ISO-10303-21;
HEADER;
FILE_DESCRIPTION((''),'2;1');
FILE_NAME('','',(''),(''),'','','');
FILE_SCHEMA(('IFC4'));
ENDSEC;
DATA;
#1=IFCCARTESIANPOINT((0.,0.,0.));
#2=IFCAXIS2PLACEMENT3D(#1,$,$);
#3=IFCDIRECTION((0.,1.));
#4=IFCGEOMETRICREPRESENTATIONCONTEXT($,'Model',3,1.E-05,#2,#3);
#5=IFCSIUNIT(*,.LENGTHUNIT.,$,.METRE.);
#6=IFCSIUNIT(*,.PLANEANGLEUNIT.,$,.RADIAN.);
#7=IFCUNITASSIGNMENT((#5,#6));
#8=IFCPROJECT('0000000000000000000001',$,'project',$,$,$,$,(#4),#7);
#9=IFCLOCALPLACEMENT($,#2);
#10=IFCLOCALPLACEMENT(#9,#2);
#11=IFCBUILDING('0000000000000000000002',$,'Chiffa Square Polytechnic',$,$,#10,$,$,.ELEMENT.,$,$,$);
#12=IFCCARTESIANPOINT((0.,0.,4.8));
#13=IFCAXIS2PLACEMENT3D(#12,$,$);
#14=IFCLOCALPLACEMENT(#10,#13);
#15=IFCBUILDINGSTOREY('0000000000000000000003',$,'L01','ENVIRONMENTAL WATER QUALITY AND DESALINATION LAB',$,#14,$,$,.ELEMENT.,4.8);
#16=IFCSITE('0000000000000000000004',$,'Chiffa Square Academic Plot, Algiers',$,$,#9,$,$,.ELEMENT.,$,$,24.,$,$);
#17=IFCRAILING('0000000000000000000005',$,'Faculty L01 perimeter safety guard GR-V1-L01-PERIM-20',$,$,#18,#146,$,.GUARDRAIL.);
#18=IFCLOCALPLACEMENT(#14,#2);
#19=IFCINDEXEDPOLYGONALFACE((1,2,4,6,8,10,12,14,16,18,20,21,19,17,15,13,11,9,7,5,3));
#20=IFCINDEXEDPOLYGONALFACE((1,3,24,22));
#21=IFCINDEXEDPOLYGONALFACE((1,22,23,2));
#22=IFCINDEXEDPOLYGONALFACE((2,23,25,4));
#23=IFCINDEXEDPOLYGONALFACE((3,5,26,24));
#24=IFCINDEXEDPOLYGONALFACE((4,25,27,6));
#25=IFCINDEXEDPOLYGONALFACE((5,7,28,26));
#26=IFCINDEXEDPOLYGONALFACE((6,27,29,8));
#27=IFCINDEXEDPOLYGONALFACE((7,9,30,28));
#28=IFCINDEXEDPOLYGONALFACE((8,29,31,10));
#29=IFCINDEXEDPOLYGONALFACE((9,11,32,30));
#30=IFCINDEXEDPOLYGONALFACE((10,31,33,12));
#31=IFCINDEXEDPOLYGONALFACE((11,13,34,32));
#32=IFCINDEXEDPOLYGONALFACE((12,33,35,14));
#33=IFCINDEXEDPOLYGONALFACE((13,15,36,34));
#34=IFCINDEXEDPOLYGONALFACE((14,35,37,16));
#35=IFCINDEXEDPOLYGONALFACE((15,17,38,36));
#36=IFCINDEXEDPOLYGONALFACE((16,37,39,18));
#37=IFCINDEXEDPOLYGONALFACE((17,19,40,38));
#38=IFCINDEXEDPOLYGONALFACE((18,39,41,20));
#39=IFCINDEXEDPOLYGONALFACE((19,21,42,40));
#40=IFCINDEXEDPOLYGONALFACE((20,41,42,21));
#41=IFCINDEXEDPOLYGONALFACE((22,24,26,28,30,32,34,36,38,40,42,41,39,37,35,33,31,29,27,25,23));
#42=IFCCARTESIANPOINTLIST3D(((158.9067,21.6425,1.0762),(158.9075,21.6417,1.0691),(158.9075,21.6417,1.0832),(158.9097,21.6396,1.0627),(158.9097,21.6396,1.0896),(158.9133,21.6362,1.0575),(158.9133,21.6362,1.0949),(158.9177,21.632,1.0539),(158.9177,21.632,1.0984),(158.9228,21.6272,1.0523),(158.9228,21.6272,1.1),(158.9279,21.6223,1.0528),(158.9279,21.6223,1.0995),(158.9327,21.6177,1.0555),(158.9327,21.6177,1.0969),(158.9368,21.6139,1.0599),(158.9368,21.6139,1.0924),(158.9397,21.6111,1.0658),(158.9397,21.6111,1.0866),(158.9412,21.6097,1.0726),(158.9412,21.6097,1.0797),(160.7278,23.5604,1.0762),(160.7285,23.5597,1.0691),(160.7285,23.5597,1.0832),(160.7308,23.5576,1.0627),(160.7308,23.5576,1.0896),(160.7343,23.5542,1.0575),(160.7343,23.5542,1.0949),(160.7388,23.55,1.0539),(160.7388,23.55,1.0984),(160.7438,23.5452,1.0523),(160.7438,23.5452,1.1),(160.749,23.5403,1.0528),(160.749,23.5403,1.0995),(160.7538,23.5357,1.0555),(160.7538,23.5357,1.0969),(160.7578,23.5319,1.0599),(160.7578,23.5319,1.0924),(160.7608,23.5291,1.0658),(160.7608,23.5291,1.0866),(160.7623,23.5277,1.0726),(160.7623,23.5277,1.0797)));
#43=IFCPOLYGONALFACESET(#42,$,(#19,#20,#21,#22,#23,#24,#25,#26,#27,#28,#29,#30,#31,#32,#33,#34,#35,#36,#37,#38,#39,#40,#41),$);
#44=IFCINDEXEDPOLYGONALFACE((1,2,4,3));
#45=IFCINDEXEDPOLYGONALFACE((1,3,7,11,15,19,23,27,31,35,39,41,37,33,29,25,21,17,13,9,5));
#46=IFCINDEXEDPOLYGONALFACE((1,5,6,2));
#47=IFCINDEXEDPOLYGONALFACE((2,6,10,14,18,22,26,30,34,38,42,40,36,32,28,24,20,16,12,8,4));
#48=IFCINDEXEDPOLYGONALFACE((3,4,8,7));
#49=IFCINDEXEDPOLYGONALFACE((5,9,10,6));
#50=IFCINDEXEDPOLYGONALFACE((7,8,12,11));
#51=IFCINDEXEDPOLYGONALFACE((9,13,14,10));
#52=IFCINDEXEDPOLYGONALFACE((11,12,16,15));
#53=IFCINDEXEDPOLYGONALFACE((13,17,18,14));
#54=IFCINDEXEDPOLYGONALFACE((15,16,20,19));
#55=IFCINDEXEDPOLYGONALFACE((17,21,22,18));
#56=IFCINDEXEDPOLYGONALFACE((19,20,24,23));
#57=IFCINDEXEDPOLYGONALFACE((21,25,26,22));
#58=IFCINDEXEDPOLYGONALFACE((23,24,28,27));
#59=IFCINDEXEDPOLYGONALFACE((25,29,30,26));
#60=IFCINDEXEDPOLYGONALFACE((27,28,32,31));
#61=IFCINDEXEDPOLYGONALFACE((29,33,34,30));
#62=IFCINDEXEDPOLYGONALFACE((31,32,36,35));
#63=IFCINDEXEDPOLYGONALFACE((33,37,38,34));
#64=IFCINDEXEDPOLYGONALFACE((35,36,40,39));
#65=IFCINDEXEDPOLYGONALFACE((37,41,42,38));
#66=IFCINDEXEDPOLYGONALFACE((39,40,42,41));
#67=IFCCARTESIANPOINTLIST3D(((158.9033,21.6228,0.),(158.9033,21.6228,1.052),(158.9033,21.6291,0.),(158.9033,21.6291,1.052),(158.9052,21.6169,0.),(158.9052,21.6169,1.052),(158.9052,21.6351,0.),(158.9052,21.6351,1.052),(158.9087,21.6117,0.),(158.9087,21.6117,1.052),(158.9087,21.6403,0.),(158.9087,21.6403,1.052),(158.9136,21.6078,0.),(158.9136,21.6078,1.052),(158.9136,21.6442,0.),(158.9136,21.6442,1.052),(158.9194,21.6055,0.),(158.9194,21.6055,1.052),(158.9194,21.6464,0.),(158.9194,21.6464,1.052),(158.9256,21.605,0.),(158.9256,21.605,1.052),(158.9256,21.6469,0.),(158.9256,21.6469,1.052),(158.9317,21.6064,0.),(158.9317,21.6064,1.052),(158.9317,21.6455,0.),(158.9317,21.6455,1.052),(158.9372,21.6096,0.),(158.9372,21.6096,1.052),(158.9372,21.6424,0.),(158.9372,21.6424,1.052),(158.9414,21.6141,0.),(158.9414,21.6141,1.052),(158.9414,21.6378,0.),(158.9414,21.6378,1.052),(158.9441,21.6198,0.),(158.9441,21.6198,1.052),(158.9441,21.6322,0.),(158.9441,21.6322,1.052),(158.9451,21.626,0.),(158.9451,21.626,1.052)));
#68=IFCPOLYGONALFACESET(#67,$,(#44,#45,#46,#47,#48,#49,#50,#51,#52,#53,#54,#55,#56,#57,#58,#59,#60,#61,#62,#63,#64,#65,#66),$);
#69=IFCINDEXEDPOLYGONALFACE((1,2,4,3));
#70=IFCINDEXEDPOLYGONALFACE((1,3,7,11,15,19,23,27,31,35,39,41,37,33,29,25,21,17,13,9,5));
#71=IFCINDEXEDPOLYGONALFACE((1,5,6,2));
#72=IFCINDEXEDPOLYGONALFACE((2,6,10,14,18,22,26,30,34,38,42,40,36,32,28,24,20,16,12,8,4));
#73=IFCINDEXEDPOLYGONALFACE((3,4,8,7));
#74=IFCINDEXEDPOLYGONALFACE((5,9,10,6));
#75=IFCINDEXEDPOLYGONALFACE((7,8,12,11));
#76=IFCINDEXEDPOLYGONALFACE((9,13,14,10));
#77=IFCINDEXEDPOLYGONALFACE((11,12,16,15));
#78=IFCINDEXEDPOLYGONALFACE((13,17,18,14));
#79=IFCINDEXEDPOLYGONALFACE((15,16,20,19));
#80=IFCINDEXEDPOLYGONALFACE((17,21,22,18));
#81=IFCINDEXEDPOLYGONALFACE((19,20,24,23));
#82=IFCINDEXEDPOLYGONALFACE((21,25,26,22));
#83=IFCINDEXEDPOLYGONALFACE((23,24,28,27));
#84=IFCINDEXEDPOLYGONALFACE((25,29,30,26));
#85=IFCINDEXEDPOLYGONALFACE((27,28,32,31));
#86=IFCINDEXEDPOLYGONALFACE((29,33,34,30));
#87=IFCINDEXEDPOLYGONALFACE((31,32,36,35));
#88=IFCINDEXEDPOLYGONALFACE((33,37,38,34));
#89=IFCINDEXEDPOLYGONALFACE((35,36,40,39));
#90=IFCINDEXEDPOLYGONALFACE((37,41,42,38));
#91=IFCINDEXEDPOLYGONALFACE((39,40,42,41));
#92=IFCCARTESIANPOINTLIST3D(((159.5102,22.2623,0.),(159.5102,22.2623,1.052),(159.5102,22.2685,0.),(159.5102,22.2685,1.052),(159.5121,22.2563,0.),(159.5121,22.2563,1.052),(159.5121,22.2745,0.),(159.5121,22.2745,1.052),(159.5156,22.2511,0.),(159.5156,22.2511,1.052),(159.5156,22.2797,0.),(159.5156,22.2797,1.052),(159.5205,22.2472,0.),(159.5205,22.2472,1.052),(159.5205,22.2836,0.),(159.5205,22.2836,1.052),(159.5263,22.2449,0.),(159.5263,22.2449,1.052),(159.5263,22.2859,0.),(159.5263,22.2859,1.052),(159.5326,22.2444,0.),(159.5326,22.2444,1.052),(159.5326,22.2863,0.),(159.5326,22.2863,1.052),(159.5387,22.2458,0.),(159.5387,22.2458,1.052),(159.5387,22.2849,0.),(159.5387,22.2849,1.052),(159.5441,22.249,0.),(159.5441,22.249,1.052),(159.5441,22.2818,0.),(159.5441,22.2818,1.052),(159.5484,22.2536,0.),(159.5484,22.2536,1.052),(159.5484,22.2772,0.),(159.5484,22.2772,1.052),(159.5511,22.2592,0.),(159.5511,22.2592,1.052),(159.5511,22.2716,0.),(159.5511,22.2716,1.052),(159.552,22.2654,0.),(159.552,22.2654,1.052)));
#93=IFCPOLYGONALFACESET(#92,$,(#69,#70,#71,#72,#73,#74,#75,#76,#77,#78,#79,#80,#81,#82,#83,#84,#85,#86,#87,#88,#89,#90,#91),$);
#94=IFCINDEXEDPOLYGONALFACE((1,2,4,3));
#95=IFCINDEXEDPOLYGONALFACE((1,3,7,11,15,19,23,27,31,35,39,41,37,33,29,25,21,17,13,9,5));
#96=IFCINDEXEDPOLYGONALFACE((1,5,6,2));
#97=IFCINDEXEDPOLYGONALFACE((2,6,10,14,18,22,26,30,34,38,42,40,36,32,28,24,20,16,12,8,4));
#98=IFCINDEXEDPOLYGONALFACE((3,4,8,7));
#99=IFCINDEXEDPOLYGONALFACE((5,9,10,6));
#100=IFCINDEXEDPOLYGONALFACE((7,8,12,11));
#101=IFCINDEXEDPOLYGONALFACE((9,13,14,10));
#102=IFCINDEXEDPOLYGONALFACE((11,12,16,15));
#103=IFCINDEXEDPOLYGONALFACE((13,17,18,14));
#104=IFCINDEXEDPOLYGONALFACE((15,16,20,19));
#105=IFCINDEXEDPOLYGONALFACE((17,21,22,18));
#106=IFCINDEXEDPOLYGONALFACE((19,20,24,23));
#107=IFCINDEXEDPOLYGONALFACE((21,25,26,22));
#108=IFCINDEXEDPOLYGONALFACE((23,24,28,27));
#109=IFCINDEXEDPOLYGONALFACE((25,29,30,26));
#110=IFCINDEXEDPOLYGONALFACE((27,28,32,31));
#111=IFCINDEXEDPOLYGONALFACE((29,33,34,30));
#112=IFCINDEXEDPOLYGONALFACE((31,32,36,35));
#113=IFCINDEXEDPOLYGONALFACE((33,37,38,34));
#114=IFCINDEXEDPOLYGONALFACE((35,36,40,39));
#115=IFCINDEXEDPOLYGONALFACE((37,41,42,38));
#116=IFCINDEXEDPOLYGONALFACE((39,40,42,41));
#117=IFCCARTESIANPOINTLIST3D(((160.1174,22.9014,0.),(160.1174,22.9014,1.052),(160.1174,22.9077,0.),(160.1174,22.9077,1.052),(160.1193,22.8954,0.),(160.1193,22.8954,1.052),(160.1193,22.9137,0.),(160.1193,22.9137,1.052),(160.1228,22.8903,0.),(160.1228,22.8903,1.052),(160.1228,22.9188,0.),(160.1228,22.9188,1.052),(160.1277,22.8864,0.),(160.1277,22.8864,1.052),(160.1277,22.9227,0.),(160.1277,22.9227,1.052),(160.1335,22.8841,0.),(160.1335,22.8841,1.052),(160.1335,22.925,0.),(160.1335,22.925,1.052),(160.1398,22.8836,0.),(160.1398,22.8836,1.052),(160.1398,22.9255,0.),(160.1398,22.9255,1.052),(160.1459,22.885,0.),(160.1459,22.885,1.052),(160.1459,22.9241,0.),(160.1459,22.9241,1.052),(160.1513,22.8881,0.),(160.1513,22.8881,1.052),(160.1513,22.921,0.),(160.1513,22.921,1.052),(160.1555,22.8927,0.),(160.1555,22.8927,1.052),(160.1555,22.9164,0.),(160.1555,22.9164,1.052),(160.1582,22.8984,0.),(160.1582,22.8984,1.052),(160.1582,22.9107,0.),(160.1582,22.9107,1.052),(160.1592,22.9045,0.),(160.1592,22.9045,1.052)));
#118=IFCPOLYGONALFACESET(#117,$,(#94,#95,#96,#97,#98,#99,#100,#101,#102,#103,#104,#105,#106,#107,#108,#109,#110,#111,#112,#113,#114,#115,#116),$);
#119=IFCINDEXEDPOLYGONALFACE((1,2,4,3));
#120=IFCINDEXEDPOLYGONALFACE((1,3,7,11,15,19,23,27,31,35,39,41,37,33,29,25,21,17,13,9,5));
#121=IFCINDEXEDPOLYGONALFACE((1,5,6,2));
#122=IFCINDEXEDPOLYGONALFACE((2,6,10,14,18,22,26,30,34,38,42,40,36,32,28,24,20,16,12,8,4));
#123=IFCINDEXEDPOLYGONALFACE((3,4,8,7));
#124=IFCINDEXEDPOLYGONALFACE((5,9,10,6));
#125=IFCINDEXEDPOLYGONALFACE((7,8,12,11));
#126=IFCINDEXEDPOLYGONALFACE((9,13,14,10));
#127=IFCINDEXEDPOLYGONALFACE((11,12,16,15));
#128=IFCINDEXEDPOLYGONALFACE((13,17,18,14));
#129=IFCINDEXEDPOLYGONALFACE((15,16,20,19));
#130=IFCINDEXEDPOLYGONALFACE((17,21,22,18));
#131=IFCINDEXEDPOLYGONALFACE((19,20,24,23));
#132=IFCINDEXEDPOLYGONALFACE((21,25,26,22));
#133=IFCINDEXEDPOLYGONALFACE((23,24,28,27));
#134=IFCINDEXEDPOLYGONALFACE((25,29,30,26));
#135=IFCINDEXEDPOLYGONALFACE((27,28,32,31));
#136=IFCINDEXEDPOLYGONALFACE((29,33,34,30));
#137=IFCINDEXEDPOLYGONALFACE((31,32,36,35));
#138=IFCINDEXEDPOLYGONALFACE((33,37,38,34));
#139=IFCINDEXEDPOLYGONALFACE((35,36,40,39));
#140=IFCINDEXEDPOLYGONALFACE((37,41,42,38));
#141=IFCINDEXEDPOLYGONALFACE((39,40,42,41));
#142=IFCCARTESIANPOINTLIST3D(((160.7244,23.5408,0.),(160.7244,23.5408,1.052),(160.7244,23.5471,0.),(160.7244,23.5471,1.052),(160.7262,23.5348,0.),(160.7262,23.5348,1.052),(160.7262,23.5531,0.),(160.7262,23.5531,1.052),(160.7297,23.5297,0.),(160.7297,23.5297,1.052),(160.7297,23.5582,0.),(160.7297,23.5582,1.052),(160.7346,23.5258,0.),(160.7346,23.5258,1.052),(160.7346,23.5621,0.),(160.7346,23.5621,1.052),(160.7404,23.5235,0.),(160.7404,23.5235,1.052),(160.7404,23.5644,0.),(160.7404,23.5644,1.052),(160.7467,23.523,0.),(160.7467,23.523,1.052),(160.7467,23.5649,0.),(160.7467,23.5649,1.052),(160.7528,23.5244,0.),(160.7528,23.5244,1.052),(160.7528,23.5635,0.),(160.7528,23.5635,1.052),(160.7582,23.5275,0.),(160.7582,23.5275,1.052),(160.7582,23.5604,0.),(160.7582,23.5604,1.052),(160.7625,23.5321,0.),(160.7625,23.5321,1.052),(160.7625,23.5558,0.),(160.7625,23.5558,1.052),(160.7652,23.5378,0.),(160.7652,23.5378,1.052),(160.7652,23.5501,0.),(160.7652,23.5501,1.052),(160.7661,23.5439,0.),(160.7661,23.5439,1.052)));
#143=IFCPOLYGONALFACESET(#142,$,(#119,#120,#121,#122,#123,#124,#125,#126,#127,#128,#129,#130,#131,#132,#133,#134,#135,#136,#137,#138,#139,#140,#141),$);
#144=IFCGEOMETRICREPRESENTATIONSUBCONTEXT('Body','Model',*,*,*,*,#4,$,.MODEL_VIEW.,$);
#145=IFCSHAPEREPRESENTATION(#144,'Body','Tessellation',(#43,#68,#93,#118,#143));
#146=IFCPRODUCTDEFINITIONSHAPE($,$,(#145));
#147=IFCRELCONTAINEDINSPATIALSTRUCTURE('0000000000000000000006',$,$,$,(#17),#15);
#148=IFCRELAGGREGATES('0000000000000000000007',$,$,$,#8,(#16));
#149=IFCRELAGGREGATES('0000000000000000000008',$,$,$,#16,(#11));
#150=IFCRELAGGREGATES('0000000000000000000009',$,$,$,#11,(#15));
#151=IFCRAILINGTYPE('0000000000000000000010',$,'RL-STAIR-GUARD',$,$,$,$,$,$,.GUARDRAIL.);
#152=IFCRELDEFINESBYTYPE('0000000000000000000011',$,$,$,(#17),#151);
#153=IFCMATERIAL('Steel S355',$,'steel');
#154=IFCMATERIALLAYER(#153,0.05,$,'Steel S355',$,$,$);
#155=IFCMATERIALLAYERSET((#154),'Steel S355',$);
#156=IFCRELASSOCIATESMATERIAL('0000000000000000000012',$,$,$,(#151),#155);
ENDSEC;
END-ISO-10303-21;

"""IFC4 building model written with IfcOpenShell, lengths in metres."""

from ifc_helpers import new_model, si_unit, direction, frame, origin, origin_2d, place, context, subcontext, project, spatial, circle, extrude, material, layer, layer_set, type_object, element, save


model = new_model("IFC4")

# Units and contexts
model_context = context("Model", 3, precision=1e-05, world=origin(), true_north=direction((0.0, 1.0)))
body_context = subcontext(model_context, "Body", "Model", "MODEL_VIEW")
ifc_project = project(units=[si_unit("LENGTHUNIT", "METRE"), si_unit("PLANEANGLEUNIT", "RADIAN")], contexts=[model_context])

# Site, building, storey
site_placement = place(None, origin())
site = spatial("IfcSite", under=ifc_project, at=site_placement, Name="Chiffa Square Academic Plot, Algiers", CompositionType="ELEMENT", RefElevation=24.0)
building_placement = place(site_placement, origin())
building = spatial("IfcBuilding", under=site, at=building_placement, Name="Chiffa Square Polytechnic", CompositionType="ELEMENT")
storey_placement = place(building_placement, frame((0.0, 0.0, 4.8)))
storey = spatial("IfcBuildingStorey", under=building, at=storey_placement, Name="L01", Description="ENVIRONMENTAL WATER QUALITY AND DESALINATION LAB", CompositionType="ELEMENT", Elevation=4.8)

# Shared definitions
ifc_material_1 = material(Name="Steel S355", Category="steel")

# Railing
ifc_layer_1 = layer(ifc_material_1, 0.05, Name="Steel S355")
ifc_layer_set_1 = layer_set([ifc_layer_1], Name="Steel S355")
railing_type = type_object("IfcRailingType", Name="RL-STAIR-GUARD", PredefinedType="GUARDRAIL", material=ifc_layer_set_1)
railing_placement = place(storey_placement, frame((158.9241, 21.626, 0.0)))
element("IfcRailing", 1, at=railing_placement, inside=storey, type_object=railing_type, Name="Faculty L01 perimeter safety guard GR-V1-L01-PERIM-20", PredefinedType="GUARDRAIL", context=body_context, shape_type="SweptSolid", body=[
    extrude(circle(Radius=0.0239, at=origin_2d()), frame((0.0, 0.0, 1.0762), z_axis=(0.688546, 0.725193, 0.0), x_axis=(-0.725193, 0.688546, 0.0)), (0.0, 0.0, 1.0), 2.6448),
    extrude(circle(Radius=0.021, at=origin_2d()), origin(), (0.0, 0.0, 1.0), 1.052),
    extrude(circle(Radius=0.021, at=origin_2d()), frame((0.6069, 0.6394, 0.0)), (0.0, 0.0, 1.0), 1.052),
    extrude(circle(Radius=0.021, at=origin_2d()), frame((1.2141, 1.2786, 0.0)), (0.0, 0.0, 1.0), 1.052),
    extrude(circle(Radius=0.021, at=origin_2d()), frame((1.821, 1.918, 0.0)), (0.0, 0.0, 1.0), 1.052),
])

save(model, "model.ifc")
